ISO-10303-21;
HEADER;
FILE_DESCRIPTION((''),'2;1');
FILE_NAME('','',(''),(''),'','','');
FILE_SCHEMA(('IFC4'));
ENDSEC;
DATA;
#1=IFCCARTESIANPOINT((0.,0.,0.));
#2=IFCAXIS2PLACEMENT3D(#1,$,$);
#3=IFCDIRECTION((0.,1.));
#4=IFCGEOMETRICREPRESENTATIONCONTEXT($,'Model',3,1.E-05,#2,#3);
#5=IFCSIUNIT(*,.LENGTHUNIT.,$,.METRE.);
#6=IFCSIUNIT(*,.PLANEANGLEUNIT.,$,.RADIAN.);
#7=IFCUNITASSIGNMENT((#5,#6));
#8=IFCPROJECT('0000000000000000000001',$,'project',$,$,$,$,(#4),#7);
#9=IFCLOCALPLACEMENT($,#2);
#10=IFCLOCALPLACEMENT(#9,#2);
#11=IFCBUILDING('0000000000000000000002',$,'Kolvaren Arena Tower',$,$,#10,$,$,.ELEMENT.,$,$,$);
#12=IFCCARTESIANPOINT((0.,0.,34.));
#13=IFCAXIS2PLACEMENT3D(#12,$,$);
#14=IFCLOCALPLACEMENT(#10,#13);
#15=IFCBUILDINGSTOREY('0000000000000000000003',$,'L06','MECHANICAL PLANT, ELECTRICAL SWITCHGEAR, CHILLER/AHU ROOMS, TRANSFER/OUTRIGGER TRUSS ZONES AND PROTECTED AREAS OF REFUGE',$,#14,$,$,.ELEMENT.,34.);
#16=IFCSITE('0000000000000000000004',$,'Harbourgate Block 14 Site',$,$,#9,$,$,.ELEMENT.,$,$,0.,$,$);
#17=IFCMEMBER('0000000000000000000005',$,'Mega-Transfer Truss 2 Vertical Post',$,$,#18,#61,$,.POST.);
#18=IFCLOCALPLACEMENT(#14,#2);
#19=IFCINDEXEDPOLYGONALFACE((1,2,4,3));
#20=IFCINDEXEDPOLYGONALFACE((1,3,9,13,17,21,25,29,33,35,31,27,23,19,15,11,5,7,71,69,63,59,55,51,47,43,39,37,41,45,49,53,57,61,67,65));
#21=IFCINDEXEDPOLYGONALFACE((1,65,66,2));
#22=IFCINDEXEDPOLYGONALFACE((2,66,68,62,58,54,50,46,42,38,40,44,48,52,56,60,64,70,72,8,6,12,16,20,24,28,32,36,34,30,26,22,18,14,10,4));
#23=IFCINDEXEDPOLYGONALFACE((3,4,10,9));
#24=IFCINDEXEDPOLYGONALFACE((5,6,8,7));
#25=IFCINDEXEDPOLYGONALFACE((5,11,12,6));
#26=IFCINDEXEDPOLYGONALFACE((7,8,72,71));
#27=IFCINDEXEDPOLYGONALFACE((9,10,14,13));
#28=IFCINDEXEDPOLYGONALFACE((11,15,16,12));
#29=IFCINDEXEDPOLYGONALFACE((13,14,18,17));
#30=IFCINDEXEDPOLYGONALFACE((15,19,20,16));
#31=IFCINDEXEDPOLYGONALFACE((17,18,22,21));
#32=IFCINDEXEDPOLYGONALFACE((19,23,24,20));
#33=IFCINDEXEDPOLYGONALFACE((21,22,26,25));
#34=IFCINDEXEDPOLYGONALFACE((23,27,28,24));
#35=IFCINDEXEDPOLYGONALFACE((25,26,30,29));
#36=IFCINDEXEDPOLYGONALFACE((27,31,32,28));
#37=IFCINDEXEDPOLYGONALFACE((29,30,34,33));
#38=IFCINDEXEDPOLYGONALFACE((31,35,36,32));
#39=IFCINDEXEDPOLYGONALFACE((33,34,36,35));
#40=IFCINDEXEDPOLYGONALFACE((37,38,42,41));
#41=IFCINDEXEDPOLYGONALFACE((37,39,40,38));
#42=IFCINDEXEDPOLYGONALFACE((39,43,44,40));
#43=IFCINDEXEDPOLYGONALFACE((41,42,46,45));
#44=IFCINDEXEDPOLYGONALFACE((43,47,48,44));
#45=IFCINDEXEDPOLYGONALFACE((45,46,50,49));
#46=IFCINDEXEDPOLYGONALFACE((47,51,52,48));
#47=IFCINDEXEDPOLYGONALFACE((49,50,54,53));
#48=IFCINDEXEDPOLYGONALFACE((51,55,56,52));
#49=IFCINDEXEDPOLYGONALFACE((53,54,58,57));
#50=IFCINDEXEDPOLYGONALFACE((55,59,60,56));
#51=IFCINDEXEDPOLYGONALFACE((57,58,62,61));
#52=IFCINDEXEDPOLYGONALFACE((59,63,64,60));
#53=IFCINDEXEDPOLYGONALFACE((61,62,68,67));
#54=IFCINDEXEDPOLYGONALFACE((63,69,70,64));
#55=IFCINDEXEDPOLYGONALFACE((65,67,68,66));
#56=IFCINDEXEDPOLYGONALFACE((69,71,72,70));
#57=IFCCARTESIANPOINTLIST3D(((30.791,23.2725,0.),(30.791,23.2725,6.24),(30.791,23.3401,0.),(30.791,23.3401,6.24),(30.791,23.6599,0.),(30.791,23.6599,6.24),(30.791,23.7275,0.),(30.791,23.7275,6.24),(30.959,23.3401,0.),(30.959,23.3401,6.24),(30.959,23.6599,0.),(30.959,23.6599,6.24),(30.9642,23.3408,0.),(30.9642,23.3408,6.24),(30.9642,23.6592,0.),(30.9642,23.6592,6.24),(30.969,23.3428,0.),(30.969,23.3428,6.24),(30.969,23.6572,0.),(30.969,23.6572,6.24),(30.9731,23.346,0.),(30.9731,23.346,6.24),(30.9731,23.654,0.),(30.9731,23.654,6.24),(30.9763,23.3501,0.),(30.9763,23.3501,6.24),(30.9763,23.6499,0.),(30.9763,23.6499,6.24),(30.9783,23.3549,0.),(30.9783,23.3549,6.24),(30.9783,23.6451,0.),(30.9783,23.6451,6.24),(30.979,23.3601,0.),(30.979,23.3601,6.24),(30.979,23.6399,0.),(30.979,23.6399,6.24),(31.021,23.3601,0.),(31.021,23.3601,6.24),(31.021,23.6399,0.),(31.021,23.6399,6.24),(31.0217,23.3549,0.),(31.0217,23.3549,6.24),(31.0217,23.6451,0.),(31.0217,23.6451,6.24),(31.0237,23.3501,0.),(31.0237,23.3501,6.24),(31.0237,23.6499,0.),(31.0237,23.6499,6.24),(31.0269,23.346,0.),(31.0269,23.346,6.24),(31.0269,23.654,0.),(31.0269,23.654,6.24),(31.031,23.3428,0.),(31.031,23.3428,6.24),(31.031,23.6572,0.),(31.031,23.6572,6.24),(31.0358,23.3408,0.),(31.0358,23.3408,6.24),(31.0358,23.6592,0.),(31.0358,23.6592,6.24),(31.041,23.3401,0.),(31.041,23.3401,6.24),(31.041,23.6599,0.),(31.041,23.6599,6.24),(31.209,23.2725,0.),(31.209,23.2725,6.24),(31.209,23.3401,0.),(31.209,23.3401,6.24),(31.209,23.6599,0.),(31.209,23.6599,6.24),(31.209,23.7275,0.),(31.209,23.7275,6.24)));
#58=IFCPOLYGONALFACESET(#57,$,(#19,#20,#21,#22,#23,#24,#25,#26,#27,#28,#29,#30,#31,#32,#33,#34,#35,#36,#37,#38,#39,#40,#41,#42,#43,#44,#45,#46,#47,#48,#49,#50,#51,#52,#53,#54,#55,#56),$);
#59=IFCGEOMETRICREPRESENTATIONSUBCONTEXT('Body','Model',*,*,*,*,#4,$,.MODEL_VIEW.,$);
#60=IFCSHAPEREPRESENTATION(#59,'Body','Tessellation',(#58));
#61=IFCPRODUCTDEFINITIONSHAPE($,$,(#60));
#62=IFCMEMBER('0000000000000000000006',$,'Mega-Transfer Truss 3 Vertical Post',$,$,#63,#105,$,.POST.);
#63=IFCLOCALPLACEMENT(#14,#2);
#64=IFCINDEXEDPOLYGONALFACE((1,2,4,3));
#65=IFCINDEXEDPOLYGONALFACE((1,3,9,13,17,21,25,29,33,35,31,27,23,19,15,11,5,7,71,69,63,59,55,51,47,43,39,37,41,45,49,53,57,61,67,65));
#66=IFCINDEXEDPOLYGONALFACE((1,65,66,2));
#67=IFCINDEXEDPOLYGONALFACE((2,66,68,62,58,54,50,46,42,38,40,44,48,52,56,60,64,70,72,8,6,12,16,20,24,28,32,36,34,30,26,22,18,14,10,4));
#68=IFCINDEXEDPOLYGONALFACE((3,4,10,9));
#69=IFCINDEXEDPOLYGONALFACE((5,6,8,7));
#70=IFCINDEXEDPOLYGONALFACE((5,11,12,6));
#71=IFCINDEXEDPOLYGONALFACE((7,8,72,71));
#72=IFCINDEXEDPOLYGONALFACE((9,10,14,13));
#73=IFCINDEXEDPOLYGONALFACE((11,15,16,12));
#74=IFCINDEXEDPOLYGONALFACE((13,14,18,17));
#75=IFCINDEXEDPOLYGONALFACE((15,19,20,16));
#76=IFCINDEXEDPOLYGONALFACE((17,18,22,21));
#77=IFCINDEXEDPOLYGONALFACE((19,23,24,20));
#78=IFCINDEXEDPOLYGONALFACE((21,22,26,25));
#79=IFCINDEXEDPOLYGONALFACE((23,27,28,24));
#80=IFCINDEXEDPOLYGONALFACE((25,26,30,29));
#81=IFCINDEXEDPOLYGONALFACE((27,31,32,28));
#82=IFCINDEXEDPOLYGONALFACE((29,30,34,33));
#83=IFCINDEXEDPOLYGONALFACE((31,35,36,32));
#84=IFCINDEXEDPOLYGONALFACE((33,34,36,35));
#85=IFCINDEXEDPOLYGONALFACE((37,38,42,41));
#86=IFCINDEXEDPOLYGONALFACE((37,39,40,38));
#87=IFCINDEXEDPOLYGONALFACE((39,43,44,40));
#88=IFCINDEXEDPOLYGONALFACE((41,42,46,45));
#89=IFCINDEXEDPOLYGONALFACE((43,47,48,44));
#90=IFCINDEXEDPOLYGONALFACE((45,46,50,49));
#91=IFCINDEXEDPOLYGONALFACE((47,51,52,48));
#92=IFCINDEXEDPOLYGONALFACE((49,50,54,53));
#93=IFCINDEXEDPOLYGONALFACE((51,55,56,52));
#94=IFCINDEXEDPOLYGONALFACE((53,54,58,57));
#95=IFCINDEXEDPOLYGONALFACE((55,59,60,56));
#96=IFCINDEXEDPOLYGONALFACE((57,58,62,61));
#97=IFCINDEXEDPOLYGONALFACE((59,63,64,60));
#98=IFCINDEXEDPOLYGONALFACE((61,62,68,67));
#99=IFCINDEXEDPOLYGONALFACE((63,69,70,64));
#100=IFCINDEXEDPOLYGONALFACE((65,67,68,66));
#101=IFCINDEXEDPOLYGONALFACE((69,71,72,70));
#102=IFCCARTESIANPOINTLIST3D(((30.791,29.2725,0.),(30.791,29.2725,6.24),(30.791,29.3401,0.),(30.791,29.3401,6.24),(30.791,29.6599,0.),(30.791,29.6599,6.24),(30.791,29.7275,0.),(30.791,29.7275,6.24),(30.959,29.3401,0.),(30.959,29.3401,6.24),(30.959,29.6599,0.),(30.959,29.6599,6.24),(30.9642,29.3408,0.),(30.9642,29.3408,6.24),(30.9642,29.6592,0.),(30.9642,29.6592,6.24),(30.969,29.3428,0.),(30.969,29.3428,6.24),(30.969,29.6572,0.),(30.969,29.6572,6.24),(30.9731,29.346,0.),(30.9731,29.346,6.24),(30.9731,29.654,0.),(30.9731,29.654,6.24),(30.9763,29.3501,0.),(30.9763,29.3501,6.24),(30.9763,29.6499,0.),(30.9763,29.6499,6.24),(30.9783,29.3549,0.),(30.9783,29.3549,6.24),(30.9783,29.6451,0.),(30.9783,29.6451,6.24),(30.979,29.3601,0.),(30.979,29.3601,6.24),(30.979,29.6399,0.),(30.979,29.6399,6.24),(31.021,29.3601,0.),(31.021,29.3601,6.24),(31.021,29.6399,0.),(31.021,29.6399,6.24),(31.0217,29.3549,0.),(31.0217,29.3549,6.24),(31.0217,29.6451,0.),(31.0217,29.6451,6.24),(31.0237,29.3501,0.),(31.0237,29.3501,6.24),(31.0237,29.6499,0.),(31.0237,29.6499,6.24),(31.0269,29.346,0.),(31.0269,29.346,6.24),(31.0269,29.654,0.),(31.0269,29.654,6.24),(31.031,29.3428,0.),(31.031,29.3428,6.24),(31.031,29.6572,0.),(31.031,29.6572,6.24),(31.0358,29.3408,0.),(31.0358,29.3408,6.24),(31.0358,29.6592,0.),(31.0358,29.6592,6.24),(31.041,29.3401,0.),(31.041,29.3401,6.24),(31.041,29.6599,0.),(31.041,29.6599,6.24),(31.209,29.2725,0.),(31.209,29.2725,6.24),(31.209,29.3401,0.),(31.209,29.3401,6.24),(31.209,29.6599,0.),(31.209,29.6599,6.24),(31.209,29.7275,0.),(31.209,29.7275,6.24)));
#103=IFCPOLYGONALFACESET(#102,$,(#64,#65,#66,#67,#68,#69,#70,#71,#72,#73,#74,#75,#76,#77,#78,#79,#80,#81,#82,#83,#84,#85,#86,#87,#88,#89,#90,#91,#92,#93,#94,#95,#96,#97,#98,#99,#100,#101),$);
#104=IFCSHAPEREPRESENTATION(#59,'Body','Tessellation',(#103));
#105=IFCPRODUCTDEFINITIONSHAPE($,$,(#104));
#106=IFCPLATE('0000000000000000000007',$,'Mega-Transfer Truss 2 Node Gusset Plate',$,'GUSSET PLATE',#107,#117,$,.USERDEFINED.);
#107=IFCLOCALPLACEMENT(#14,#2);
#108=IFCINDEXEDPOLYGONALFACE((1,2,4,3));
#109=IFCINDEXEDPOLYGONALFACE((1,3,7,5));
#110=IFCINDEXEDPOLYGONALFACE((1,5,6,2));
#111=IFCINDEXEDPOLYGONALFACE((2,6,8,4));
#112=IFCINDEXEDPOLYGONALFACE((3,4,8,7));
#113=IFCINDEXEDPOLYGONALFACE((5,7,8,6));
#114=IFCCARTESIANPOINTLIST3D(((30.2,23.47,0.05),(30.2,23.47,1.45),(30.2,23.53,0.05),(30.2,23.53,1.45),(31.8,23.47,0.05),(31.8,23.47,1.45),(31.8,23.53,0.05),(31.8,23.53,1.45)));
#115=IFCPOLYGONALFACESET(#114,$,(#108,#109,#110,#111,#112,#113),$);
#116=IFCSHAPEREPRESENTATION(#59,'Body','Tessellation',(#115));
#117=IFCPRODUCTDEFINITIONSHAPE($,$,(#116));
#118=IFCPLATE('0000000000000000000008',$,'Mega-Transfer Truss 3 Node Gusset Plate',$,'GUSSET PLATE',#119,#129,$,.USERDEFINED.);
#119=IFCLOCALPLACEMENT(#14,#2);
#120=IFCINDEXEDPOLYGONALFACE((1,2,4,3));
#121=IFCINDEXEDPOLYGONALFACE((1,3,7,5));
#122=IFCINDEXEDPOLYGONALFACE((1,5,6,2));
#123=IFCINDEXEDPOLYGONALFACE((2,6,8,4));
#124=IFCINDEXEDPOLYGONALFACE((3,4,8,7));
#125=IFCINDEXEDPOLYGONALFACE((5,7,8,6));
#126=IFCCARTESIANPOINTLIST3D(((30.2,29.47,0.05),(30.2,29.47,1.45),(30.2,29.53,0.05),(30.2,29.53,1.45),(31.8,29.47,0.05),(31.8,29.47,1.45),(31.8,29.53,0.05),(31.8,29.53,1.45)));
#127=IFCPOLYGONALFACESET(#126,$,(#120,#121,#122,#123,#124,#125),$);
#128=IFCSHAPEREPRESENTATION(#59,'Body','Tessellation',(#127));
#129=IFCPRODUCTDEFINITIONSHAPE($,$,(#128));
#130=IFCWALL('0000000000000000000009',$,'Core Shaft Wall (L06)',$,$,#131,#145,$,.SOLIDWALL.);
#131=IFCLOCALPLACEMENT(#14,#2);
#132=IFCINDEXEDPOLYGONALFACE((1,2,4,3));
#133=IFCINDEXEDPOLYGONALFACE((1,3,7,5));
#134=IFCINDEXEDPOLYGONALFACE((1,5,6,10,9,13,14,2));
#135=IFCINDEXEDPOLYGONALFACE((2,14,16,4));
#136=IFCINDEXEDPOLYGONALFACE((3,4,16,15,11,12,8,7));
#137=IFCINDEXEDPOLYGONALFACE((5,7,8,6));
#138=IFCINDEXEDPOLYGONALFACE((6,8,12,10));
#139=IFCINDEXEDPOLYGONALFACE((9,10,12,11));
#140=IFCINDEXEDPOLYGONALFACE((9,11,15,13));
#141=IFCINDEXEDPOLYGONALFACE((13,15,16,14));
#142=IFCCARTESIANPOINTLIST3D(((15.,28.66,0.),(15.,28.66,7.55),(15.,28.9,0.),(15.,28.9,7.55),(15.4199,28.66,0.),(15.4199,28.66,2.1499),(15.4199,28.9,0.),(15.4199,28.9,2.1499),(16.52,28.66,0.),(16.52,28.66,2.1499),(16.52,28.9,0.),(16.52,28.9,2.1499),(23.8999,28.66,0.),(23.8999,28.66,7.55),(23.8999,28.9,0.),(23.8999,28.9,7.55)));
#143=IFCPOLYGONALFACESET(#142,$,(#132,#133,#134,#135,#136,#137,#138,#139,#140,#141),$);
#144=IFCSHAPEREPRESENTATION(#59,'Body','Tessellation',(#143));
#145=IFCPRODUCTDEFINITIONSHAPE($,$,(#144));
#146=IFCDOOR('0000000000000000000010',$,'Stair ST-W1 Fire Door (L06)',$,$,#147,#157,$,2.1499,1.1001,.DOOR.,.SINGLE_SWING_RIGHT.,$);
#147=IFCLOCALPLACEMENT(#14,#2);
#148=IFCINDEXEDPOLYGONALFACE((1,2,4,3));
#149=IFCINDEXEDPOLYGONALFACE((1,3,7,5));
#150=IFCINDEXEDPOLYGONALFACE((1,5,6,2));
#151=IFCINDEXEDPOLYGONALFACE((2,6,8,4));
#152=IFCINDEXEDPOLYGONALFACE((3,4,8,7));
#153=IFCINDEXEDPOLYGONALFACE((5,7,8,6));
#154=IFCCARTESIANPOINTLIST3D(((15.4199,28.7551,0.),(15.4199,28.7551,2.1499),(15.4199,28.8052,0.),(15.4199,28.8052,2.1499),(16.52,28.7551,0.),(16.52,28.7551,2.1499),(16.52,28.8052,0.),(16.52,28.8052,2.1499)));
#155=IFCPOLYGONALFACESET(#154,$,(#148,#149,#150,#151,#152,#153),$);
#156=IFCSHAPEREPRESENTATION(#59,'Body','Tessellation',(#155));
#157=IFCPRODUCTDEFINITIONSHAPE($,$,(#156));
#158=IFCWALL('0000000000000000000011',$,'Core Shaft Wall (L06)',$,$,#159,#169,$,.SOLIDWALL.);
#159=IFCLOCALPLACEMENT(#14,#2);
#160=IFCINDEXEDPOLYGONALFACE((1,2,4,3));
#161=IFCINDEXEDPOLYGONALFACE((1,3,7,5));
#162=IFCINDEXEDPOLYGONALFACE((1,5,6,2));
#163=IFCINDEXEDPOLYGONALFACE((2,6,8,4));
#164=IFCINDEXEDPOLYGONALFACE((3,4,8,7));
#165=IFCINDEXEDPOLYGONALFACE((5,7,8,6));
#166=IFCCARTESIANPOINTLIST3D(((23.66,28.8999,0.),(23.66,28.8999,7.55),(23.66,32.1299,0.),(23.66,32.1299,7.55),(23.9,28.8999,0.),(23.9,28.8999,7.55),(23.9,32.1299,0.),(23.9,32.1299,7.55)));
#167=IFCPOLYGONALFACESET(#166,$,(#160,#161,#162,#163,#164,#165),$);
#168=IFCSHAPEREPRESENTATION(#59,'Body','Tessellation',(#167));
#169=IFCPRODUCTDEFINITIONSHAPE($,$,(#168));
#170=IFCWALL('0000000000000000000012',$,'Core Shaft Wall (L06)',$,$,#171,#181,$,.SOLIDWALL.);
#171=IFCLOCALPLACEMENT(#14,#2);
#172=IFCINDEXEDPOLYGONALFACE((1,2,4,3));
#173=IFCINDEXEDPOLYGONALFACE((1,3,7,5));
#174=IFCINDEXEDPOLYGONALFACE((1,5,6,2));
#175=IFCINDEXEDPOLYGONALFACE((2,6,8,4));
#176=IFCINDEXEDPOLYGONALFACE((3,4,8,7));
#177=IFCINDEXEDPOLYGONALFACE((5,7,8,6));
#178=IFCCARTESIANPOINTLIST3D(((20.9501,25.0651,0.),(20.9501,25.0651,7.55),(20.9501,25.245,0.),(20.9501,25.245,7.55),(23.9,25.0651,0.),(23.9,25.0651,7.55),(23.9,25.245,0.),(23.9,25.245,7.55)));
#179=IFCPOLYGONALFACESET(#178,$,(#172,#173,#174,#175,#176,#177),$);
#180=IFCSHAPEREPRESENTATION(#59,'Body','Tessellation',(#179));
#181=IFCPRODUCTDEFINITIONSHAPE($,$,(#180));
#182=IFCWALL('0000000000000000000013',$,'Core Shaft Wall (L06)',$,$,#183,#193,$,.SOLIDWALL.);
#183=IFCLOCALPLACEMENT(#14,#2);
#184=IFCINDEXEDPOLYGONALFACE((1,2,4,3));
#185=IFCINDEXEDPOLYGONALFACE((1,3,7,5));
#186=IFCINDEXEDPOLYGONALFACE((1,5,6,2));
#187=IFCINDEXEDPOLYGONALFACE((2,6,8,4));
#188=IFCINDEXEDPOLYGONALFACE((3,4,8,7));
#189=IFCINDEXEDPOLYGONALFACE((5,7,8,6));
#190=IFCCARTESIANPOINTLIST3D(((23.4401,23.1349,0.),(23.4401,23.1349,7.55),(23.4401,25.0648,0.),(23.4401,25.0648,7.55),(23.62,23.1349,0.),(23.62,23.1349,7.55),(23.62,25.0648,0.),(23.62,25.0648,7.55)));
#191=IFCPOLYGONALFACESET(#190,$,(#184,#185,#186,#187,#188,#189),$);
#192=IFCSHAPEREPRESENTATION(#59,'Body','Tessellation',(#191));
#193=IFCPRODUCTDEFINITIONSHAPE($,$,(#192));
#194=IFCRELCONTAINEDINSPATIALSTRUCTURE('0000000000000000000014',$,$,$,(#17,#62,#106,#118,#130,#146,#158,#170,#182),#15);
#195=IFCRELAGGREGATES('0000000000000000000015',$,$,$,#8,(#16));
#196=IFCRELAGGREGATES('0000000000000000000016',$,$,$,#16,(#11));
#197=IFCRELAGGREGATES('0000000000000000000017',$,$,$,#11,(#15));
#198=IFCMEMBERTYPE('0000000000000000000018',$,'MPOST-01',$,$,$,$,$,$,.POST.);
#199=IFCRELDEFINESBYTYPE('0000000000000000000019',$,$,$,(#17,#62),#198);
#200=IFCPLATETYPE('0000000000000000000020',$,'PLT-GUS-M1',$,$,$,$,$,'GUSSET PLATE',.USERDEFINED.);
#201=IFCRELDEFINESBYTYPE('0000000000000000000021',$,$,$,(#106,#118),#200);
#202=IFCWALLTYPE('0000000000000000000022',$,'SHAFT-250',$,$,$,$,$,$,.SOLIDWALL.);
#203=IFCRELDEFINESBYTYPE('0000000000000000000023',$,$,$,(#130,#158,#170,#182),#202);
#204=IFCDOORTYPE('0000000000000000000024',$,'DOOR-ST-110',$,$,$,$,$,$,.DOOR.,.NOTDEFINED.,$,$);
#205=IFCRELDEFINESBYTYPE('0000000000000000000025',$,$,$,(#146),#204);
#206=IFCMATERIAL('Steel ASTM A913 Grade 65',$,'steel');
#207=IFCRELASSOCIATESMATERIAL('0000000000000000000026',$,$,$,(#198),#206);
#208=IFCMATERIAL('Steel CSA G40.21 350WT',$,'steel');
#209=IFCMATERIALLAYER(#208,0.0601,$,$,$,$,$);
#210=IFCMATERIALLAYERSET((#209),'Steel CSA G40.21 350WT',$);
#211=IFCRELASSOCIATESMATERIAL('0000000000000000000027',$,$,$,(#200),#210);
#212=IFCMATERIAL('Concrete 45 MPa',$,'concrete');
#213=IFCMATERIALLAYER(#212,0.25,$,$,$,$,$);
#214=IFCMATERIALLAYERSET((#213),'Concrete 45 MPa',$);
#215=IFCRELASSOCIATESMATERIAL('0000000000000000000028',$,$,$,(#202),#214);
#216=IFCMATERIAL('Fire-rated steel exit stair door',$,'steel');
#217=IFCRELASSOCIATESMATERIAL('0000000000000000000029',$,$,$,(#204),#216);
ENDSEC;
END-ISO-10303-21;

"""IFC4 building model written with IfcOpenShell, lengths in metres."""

from ifc_helpers import new_model, si_unit, direction, frame, frame_2d, origin, origin_2d, place, context, subcontext, project, spatial, rectangle, i_section, extrude, material, layer, layer_set, material_profile, profile_set, type_object, element, fill, save


model = new_model("IFC4")

# Units and contexts
model_context = context("Model", 3, precision=1e-05, world=origin(), true_north=direction((0.0, 1.0)))
body_context = subcontext(model_context, "Body", "Model", "MODEL_VIEW")
ifc_project = project(units=[si_unit("LENGTHUNIT", "METRE"), si_unit("PLANEANGLEUNIT", "RADIAN")], contexts=[model_context])

# Site, building, storey
site_placement = place(None, origin())
site = spatial("IfcSite", under=ifc_project, at=site_placement, Name="Harbourgate Block 14 Site", CompositionType="ELEMENT", RefElevation=0.0)
building_placement = place(site_placement, origin())
building = spatial("IfcBuilding", under=site, at=building_placement, Name="Kolvaren Arena Tower", CompositionType="ELEMENT")
storey_placement = place(building_placement, frame((0.0, 0.0, 34.0)))
storey = spatial("IfcBuildingStorey", under=building, at=storey_placement, Name="L06", Description="MECHANICAL PLANT, ELECTRICAL SWITCHGEAR, CHILLER/AHU ROOMS, TRANSFER/OUTRIGGER TRUSS ZONES AND PROTECTED AREAS OF REFUGE", CompositionType="ELEMENT", Elevation=34.0)

# Members
ifc_material_1 = material(Name="Steel ASTM A913 Grade 65", Category="steel")
ifc_material_profile_1 = material_profile(ifc_material_1, i_section(OverallWidth=0.418, OverallDepth=0.4551, WebThickness=0.042, FlangeThickness=0.0676, FilletRadius=0.02, at=origin_2d()), Name="W360x551")
ifc_profile_set_1 = profile_set([ifc_material_profile_1], Name="Steel ASTM A913 Grade 65")
member_type_1 = type_object("IfcMemberType", Name="MPOST-01", PredefinedType="POST", material=ifc_profile_set_1)
for number, where, z_axis, x_axis, name in (
    (1, (31.0, 23.5, 0.0), (0.0, 0.0, 1.0), (1.0, 0.0, 0.0), "Mega-Transfer Truss 2 Vertical Post"),
    (2, (31.0, 29.5, 0.0), (0.0, 0.0, 1.0), (1.0, 0.0, 0.0), "Mega-Transfer Truss 3 Vertical Post"),
):
    element("IfcMember", number, at=place(storey_placement, frame(where, z_axis=z_axis, x_axis=x_axis)), inside=storey, type_object=member_type_1, Name=name, PredefinedType="POST", context=body_context, shape_type="SweptSolid", body=[
        extrude(i_section(OverallWidth=0.418, OverallDepth=0.4551, WebThickness=0.042, FlangeThickness=0.0676, FilletRadius=0.02, at=origin_2d()), origin(), (0.0, 0.0, 1.0), 6.24),
    ])

# Plates
ifc_material_2 = material(Name="Steel CSA G40.21 350WT", Category="steel")
ifc_layer_1 = layer(ifc_material_2, 0.0601)
ifc_layer_set_1 = layer_set([ifc_layer_1], Name="Steel CSA G40.21 350WT")
plate_type = type_object("IfcPlateType", Name="PLT-GUS-M1", ElementType="GUSSET PLATE", PredefinedType="USERDEFINED", material=ifc_layer_set_1)
for number, where, z_axis, x_axis, name in (
    (3, (31.0, 23.5, 0.05), (0.0, 0.0, 1.0), (1.0, 0.0, 0.0), "Mega-Transfer Truss 2 Node Gusset Plate"),
    (4, (31.0, 29.5, 0.05), (0.0, 0.0, 1.0), (1.0, 0.0, 0.0), "Mega-Transfer Truss 3 Node Gusset Plate"),
):
    element("IfcPlate", number, at=place(storey_placement, frame(where, z_axis=z_axis, x_axis=x_axis)), inside=storey, type_object=plate_type, Name=name, ObjectType="GUSSET PLATE", PredefinedType="USERDEFINED", context=body_context, shape_type="SweptSolid", body=[
        extrude(rectangle(XDim=1.6001, YDim=0.0601, at=origin_2d()), origin(), (0.0, 0.0, 1.0), 1.3999),
    ])

# Wall, opening, door
ifc_material_3 = material(Name="Concrete 45 MPa", Category="concrete")
ifc_layer_2 = layer(ifc_material_3, 0.25)
ifc_layer_set_2 = layer_set([ifc_layer_2], Name="Concrete 45 MPa")
wall_type = type_object("IfcWallType", Name="SHAFT-250", PredefinedType="SOLIDWALL", material=ifc_layer_set_2)
wall_1_placement = place(storey_placement, frame((23.8999, 28.78, 0.0), z_axis=(0.0, 0.0, 1.0), x_axis=(-1.0, 0.0, 0.0)))
wall_1 = element("IfcWall", 5, at=wall_1_placement, inside=storey, type_object=wall_type, Name="Core Shaft Wall (L06)", PredefinedType="SOLIDWALL", context=body_context, shape_type="SweptSolid", body=[
    extrude(rectangle(XDim=8.8999, YDim=0.24, at=frame_2d((4.45, 0.0))), origin(), (0.0, 0.0, 1.0), 7.55),
])
opening_placement = place(wall_1_placement, frame((7.3799, 0.0, 0.0)))
opening = element("IfcOpeningElement", 6, at=opening_placement, cuts=wall_1, PredefinedType="OPENING", context=body_context, shape_type="SweptSolid", body=[
    extrude(rectangle(XDim=1.1001, YDim=2.1499, at=frame_2d((0.55, 1.075))), frame((0.0, 0.1299, 0.0), z_axis=(0.0, -1.0, 0.0), x_axis=(1.0, 0.0, 0.0)), (0.0, 0.0, 1.0), 0.26),
])
ifc_material_4 = material(Name="Fire-rated steel exit stair door", Category="steel")
door_type = type_object("IfcDoorType", Name="DOOR-ST-110", OperationType="NOTDEFINED", PredefinedType="DOOR", material=ifc_material_4)
door_placement = place(opening_placement, origin())
door = element("IfcDoor", 7, at=door_placement, inside=storey, type_object=door_type, Name="Stair ST-W1 Fire Door (L06)", OperationType="SINGLE_SWING_RIGHT", OverallHeight=2.1499, OverallWidth=1.1001, PredefinedType="DOOR", context=body_context, shape_type="SweptSolid", body=[
    extrude(rectangle(XDim=1.1001, YDim=2.1499, at=frame_2d((0.55, 1.075))), frame((0.0, 0.0249, 0.0), z_axis=(0.0, -1.0, 0.0), x_axis=(1.0, 0.0, 0.0)), (0.0, 0.0, 1.0), 0.05),
])
fill(opening, door)

# Walls
wall_2_placement = place(storey_placement, frame((23.78, 28.8999, 0.0), z_axis=(0.0, 0.0, 1.0), x_axis=(0.0, 1.0, 0.0)))
element("IfcWall", 8, at=wall_2_placement, inside=storey, type_object=wall_type, Name="Core Shaft Wall (L06)", PredefinedType="SOLIDWALL", context=body_context, shape_type="SweptSolid", body=[
    extrude(rectangle(XDim=3.23, YDim=0.24, at=frame_2d((1.615, 0.0))), origin(), (0.0, 0.0, 1.0), 7.55),
])
wall_3_placement = place(storey_placement, frame((20.95, 25.155, 0.0), z_axis=(0.0, 0.0, 1.0), x_axis=(1.0, 0.0, 0.0)))
element("IfcWall", 9, at=wall_3_placement, inside=storey, type_object=wall_type, Name="Core Shaft Wall (L06)", PredefinedType="SOLIDWALL", context=body_context, shape_type="SweptSolid", body=[
    extrude(rectangle(XDim=2.95, YDim=0.1799, at=frame_2d((1.4751, 0.0))), origin(), (0.0, 0.0, 1.0), 7.55),
])
wall_4_placement = place(storey_placement, frame((23.53, 23.135, 0.0), z_axis=(0.0, 0.0, 1.0), x_axis=(0.0, 1.0, 0.0)))
element("IfcWall", 10, at=wall_4_placement, inside=storey, type_object=wall_type, Name="Core Shaft Wall (L06)", PredefinedType="SOLIDWALL", context=body_context, shape_type="SweptSolid", body=[
    extrude(rectangle(XDim=1.9299, YDim=0.1799, at=frame_2d((0.9648, 0.0))), origin(), (0.0, 0.0, 1.0), 7.55),
])

save(model, "model.ifc")
